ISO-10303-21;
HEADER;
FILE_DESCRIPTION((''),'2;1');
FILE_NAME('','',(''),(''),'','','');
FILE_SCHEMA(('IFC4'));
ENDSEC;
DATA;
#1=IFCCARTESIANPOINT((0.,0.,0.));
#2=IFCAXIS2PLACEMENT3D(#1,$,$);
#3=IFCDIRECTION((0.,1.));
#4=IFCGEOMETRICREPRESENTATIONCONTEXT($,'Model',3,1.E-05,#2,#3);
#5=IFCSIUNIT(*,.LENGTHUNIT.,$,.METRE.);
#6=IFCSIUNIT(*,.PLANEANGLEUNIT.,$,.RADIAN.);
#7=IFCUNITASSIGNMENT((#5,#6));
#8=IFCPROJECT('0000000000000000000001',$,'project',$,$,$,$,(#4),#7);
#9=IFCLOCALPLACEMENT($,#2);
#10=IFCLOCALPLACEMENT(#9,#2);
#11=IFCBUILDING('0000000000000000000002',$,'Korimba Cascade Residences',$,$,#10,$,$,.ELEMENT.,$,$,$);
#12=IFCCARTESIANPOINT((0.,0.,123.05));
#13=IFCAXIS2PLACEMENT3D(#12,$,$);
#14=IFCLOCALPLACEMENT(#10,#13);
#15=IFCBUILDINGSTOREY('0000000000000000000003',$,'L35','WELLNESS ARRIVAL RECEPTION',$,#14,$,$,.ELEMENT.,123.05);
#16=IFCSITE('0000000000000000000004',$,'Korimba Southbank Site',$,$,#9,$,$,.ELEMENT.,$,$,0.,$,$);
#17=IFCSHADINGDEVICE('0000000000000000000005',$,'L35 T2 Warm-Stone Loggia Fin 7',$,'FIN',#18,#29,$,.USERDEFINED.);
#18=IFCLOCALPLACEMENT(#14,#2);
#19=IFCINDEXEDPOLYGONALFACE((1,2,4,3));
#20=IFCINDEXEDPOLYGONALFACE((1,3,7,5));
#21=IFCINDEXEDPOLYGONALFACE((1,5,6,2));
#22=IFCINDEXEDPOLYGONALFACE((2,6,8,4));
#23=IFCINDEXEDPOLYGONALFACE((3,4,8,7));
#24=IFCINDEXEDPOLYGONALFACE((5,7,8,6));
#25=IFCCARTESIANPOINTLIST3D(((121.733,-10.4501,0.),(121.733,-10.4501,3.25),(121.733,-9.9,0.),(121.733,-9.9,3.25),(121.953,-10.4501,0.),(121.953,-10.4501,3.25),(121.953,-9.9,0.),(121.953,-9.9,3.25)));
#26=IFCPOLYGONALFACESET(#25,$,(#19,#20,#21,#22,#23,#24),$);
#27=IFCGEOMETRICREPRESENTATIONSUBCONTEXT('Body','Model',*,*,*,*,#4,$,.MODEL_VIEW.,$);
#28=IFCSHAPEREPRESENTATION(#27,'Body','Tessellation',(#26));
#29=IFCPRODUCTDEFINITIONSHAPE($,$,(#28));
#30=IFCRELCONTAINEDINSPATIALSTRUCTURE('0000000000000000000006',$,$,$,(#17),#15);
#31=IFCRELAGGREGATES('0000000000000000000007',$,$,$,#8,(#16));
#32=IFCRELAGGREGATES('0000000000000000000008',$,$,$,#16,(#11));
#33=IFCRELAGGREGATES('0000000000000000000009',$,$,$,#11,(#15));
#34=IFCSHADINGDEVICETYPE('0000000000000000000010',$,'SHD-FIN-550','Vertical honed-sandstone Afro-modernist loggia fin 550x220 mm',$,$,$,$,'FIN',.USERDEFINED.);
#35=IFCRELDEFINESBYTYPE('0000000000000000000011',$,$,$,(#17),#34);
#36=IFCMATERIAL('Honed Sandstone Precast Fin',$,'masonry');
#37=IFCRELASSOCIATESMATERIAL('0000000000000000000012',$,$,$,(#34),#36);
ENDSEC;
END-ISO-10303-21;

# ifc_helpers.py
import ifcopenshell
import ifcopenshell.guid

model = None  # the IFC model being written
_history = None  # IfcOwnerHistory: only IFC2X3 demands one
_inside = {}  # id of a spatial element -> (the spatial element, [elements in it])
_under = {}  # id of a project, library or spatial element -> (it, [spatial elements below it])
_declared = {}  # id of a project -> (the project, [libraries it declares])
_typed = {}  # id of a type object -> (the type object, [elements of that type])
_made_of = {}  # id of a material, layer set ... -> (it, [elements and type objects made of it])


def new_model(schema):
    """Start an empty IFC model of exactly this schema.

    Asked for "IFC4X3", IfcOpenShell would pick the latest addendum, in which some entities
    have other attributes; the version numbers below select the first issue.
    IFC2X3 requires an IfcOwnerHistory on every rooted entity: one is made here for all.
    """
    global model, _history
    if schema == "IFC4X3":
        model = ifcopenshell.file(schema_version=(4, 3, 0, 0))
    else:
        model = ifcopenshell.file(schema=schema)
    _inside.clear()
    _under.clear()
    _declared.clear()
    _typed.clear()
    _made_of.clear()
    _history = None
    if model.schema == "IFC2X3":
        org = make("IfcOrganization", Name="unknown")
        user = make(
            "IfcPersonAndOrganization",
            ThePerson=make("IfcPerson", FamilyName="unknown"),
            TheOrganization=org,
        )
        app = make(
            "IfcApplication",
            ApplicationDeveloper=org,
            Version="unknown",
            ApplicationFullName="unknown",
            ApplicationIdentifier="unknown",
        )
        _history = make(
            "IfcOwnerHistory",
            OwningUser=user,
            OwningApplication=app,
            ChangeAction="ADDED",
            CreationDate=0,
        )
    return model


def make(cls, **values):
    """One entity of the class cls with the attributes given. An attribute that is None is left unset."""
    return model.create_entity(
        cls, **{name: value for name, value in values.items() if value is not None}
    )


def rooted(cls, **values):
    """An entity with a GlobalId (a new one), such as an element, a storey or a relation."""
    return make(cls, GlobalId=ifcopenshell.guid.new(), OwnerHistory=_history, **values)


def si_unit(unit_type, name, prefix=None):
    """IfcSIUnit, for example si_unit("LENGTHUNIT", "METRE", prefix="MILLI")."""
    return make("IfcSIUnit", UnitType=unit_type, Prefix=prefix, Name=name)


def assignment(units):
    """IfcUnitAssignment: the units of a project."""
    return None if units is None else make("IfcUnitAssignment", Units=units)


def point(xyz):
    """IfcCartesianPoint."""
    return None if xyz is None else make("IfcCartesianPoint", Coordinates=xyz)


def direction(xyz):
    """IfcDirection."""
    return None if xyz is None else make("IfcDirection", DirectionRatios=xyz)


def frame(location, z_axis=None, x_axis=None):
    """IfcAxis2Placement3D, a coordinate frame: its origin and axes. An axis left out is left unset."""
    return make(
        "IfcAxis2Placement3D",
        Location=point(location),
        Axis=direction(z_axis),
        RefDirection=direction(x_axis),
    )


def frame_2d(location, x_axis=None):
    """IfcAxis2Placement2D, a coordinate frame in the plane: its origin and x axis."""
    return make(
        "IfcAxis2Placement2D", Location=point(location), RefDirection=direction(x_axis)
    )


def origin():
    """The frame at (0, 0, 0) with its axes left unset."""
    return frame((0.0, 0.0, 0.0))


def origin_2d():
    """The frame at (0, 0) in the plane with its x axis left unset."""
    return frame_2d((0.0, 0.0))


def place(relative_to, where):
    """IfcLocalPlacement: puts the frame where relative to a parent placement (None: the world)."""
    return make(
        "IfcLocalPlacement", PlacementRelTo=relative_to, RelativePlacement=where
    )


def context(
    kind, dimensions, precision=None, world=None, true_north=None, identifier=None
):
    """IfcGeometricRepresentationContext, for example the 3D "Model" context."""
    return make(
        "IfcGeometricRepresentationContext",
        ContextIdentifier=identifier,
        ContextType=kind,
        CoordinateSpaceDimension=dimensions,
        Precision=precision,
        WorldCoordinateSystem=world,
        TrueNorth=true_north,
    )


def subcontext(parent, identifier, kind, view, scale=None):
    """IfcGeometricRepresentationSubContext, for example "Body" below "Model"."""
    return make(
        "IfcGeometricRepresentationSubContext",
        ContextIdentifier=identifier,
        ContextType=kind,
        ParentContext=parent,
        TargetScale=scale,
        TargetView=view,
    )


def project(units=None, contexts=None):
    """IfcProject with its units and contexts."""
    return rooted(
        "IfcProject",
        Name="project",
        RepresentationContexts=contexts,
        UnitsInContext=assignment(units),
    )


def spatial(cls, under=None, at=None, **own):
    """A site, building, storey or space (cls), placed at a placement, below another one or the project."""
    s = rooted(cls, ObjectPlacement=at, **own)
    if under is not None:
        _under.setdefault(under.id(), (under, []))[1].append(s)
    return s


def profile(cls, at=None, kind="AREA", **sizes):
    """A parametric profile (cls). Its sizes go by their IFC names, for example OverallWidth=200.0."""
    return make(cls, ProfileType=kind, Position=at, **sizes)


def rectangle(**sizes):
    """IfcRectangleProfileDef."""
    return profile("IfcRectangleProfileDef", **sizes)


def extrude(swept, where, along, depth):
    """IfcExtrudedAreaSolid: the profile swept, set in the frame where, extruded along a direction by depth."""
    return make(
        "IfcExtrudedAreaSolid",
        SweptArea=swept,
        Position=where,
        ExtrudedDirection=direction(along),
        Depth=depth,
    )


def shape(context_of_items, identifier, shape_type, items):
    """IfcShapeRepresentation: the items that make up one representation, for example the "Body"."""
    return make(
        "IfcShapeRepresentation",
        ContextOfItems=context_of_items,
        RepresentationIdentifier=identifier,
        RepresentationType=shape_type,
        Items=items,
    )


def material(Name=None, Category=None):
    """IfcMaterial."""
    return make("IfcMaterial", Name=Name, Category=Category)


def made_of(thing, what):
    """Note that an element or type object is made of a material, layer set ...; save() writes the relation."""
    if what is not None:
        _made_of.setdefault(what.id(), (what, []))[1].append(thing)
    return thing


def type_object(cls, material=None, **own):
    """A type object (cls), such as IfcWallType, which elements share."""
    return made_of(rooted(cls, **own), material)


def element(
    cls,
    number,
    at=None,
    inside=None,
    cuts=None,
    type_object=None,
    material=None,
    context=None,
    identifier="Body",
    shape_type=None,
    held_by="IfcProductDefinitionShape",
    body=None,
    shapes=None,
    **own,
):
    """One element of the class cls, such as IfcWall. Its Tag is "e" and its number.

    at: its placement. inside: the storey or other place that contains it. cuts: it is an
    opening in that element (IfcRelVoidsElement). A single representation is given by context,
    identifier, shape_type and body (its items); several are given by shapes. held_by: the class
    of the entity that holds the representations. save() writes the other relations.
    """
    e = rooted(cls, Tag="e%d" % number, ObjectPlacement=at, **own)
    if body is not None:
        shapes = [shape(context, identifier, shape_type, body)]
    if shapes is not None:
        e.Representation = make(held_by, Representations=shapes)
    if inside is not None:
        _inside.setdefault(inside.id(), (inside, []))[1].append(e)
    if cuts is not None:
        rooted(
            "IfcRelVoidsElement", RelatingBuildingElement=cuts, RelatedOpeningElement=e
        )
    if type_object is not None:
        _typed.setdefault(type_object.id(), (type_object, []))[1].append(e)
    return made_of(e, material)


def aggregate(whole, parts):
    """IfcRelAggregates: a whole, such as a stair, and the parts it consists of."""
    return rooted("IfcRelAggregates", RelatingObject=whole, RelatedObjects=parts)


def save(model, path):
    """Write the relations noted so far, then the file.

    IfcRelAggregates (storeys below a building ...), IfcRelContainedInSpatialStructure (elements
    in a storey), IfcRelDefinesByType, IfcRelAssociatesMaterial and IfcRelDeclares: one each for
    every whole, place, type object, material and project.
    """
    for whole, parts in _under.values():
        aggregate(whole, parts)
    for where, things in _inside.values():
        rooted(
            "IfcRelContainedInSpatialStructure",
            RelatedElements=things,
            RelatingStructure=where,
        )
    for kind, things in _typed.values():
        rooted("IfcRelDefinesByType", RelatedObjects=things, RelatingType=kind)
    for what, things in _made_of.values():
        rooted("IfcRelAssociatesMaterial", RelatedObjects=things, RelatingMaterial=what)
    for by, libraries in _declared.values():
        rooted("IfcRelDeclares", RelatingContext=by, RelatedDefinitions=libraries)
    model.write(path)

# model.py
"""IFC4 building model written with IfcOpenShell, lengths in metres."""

from ifc_helpers import new_model, si_unit, direction, frame, origin, origin_2d, place, context, subcontext, project, spatial, rectangle, extrude, material, type_object, element, save


model = new_model("IFC4")

# Units and contexts
model_context = context("Model", 3, precision=1e-05, world=origin(), true_north=direction((0.0, 1.0)))
body_context = subcontext(model_context, "Body", "Model", "MODEL_VIEW")
ifc_project = project(units=[si_unit("LENGTHUNIT", "METRE"), si_unit("PLANEANGLEUNIT", "RADIAN")], contexts=[model_context])

# Site, building, storey
site_placement = place(None, origin())
site = spatial("IfcSite", under=ifc_project, at=site_placement, Name="Korimba Southbank Site", CompositionType="ELEMENT", RefElevation=0.0)
building_placement = place(site_placement, origin())
building = spatial("IfcBuilding", under=site, at=building_placement, Name="Korimba Cascade Residences", CompositionType="ELEMENT")
storey_placement = place(building_placement, frame((0.0, 0.0, 123.05)))
storey = spatial("IfcBuildingStorey", under=building, at=storey_placement, Name="L35", Description="WELLNESS ARRIVAL RECEPTION", CompositionType="ELEMENT", Elevation=123.05)

# Shading device
ifc_material_1 = material(Name="Honed Sandstone Precast Fin", Category="masonry")
shading_device_type = type_object("IfcShadingDeviceType", Name="SHD-FIN-550", Description="Vertical honed-sandstone Afro-modernist loggia fin 550x220 mm", ElementType="FIN", PredefinedType="USERDEFINED", material=ifc_material_1)
shading_device_placement = place(storey_placement, frame((121.843, -10.175, 0.0), z_axis=(0.0, 0.0, 1.0), x_axis=(1.0, 0.0, 0.0)))
element("IfcShadingDevice", 1, at=shading_device_placement, inside=storey, type_object=shading_device_type, Name="L35 T2 Warm-Stone Loggia Fin 7", ObjectType="FIN", PredefinedType="USERDEFINED", context=body_context, shape_type="SweptSolid", body=[
    extrude(rectangle(XDim=0.22, YDim=0.55, at=origin_2d()), origin(), (0.0, 0.0, 1.0), 3.25),
])

save(model, "model.ifc")
